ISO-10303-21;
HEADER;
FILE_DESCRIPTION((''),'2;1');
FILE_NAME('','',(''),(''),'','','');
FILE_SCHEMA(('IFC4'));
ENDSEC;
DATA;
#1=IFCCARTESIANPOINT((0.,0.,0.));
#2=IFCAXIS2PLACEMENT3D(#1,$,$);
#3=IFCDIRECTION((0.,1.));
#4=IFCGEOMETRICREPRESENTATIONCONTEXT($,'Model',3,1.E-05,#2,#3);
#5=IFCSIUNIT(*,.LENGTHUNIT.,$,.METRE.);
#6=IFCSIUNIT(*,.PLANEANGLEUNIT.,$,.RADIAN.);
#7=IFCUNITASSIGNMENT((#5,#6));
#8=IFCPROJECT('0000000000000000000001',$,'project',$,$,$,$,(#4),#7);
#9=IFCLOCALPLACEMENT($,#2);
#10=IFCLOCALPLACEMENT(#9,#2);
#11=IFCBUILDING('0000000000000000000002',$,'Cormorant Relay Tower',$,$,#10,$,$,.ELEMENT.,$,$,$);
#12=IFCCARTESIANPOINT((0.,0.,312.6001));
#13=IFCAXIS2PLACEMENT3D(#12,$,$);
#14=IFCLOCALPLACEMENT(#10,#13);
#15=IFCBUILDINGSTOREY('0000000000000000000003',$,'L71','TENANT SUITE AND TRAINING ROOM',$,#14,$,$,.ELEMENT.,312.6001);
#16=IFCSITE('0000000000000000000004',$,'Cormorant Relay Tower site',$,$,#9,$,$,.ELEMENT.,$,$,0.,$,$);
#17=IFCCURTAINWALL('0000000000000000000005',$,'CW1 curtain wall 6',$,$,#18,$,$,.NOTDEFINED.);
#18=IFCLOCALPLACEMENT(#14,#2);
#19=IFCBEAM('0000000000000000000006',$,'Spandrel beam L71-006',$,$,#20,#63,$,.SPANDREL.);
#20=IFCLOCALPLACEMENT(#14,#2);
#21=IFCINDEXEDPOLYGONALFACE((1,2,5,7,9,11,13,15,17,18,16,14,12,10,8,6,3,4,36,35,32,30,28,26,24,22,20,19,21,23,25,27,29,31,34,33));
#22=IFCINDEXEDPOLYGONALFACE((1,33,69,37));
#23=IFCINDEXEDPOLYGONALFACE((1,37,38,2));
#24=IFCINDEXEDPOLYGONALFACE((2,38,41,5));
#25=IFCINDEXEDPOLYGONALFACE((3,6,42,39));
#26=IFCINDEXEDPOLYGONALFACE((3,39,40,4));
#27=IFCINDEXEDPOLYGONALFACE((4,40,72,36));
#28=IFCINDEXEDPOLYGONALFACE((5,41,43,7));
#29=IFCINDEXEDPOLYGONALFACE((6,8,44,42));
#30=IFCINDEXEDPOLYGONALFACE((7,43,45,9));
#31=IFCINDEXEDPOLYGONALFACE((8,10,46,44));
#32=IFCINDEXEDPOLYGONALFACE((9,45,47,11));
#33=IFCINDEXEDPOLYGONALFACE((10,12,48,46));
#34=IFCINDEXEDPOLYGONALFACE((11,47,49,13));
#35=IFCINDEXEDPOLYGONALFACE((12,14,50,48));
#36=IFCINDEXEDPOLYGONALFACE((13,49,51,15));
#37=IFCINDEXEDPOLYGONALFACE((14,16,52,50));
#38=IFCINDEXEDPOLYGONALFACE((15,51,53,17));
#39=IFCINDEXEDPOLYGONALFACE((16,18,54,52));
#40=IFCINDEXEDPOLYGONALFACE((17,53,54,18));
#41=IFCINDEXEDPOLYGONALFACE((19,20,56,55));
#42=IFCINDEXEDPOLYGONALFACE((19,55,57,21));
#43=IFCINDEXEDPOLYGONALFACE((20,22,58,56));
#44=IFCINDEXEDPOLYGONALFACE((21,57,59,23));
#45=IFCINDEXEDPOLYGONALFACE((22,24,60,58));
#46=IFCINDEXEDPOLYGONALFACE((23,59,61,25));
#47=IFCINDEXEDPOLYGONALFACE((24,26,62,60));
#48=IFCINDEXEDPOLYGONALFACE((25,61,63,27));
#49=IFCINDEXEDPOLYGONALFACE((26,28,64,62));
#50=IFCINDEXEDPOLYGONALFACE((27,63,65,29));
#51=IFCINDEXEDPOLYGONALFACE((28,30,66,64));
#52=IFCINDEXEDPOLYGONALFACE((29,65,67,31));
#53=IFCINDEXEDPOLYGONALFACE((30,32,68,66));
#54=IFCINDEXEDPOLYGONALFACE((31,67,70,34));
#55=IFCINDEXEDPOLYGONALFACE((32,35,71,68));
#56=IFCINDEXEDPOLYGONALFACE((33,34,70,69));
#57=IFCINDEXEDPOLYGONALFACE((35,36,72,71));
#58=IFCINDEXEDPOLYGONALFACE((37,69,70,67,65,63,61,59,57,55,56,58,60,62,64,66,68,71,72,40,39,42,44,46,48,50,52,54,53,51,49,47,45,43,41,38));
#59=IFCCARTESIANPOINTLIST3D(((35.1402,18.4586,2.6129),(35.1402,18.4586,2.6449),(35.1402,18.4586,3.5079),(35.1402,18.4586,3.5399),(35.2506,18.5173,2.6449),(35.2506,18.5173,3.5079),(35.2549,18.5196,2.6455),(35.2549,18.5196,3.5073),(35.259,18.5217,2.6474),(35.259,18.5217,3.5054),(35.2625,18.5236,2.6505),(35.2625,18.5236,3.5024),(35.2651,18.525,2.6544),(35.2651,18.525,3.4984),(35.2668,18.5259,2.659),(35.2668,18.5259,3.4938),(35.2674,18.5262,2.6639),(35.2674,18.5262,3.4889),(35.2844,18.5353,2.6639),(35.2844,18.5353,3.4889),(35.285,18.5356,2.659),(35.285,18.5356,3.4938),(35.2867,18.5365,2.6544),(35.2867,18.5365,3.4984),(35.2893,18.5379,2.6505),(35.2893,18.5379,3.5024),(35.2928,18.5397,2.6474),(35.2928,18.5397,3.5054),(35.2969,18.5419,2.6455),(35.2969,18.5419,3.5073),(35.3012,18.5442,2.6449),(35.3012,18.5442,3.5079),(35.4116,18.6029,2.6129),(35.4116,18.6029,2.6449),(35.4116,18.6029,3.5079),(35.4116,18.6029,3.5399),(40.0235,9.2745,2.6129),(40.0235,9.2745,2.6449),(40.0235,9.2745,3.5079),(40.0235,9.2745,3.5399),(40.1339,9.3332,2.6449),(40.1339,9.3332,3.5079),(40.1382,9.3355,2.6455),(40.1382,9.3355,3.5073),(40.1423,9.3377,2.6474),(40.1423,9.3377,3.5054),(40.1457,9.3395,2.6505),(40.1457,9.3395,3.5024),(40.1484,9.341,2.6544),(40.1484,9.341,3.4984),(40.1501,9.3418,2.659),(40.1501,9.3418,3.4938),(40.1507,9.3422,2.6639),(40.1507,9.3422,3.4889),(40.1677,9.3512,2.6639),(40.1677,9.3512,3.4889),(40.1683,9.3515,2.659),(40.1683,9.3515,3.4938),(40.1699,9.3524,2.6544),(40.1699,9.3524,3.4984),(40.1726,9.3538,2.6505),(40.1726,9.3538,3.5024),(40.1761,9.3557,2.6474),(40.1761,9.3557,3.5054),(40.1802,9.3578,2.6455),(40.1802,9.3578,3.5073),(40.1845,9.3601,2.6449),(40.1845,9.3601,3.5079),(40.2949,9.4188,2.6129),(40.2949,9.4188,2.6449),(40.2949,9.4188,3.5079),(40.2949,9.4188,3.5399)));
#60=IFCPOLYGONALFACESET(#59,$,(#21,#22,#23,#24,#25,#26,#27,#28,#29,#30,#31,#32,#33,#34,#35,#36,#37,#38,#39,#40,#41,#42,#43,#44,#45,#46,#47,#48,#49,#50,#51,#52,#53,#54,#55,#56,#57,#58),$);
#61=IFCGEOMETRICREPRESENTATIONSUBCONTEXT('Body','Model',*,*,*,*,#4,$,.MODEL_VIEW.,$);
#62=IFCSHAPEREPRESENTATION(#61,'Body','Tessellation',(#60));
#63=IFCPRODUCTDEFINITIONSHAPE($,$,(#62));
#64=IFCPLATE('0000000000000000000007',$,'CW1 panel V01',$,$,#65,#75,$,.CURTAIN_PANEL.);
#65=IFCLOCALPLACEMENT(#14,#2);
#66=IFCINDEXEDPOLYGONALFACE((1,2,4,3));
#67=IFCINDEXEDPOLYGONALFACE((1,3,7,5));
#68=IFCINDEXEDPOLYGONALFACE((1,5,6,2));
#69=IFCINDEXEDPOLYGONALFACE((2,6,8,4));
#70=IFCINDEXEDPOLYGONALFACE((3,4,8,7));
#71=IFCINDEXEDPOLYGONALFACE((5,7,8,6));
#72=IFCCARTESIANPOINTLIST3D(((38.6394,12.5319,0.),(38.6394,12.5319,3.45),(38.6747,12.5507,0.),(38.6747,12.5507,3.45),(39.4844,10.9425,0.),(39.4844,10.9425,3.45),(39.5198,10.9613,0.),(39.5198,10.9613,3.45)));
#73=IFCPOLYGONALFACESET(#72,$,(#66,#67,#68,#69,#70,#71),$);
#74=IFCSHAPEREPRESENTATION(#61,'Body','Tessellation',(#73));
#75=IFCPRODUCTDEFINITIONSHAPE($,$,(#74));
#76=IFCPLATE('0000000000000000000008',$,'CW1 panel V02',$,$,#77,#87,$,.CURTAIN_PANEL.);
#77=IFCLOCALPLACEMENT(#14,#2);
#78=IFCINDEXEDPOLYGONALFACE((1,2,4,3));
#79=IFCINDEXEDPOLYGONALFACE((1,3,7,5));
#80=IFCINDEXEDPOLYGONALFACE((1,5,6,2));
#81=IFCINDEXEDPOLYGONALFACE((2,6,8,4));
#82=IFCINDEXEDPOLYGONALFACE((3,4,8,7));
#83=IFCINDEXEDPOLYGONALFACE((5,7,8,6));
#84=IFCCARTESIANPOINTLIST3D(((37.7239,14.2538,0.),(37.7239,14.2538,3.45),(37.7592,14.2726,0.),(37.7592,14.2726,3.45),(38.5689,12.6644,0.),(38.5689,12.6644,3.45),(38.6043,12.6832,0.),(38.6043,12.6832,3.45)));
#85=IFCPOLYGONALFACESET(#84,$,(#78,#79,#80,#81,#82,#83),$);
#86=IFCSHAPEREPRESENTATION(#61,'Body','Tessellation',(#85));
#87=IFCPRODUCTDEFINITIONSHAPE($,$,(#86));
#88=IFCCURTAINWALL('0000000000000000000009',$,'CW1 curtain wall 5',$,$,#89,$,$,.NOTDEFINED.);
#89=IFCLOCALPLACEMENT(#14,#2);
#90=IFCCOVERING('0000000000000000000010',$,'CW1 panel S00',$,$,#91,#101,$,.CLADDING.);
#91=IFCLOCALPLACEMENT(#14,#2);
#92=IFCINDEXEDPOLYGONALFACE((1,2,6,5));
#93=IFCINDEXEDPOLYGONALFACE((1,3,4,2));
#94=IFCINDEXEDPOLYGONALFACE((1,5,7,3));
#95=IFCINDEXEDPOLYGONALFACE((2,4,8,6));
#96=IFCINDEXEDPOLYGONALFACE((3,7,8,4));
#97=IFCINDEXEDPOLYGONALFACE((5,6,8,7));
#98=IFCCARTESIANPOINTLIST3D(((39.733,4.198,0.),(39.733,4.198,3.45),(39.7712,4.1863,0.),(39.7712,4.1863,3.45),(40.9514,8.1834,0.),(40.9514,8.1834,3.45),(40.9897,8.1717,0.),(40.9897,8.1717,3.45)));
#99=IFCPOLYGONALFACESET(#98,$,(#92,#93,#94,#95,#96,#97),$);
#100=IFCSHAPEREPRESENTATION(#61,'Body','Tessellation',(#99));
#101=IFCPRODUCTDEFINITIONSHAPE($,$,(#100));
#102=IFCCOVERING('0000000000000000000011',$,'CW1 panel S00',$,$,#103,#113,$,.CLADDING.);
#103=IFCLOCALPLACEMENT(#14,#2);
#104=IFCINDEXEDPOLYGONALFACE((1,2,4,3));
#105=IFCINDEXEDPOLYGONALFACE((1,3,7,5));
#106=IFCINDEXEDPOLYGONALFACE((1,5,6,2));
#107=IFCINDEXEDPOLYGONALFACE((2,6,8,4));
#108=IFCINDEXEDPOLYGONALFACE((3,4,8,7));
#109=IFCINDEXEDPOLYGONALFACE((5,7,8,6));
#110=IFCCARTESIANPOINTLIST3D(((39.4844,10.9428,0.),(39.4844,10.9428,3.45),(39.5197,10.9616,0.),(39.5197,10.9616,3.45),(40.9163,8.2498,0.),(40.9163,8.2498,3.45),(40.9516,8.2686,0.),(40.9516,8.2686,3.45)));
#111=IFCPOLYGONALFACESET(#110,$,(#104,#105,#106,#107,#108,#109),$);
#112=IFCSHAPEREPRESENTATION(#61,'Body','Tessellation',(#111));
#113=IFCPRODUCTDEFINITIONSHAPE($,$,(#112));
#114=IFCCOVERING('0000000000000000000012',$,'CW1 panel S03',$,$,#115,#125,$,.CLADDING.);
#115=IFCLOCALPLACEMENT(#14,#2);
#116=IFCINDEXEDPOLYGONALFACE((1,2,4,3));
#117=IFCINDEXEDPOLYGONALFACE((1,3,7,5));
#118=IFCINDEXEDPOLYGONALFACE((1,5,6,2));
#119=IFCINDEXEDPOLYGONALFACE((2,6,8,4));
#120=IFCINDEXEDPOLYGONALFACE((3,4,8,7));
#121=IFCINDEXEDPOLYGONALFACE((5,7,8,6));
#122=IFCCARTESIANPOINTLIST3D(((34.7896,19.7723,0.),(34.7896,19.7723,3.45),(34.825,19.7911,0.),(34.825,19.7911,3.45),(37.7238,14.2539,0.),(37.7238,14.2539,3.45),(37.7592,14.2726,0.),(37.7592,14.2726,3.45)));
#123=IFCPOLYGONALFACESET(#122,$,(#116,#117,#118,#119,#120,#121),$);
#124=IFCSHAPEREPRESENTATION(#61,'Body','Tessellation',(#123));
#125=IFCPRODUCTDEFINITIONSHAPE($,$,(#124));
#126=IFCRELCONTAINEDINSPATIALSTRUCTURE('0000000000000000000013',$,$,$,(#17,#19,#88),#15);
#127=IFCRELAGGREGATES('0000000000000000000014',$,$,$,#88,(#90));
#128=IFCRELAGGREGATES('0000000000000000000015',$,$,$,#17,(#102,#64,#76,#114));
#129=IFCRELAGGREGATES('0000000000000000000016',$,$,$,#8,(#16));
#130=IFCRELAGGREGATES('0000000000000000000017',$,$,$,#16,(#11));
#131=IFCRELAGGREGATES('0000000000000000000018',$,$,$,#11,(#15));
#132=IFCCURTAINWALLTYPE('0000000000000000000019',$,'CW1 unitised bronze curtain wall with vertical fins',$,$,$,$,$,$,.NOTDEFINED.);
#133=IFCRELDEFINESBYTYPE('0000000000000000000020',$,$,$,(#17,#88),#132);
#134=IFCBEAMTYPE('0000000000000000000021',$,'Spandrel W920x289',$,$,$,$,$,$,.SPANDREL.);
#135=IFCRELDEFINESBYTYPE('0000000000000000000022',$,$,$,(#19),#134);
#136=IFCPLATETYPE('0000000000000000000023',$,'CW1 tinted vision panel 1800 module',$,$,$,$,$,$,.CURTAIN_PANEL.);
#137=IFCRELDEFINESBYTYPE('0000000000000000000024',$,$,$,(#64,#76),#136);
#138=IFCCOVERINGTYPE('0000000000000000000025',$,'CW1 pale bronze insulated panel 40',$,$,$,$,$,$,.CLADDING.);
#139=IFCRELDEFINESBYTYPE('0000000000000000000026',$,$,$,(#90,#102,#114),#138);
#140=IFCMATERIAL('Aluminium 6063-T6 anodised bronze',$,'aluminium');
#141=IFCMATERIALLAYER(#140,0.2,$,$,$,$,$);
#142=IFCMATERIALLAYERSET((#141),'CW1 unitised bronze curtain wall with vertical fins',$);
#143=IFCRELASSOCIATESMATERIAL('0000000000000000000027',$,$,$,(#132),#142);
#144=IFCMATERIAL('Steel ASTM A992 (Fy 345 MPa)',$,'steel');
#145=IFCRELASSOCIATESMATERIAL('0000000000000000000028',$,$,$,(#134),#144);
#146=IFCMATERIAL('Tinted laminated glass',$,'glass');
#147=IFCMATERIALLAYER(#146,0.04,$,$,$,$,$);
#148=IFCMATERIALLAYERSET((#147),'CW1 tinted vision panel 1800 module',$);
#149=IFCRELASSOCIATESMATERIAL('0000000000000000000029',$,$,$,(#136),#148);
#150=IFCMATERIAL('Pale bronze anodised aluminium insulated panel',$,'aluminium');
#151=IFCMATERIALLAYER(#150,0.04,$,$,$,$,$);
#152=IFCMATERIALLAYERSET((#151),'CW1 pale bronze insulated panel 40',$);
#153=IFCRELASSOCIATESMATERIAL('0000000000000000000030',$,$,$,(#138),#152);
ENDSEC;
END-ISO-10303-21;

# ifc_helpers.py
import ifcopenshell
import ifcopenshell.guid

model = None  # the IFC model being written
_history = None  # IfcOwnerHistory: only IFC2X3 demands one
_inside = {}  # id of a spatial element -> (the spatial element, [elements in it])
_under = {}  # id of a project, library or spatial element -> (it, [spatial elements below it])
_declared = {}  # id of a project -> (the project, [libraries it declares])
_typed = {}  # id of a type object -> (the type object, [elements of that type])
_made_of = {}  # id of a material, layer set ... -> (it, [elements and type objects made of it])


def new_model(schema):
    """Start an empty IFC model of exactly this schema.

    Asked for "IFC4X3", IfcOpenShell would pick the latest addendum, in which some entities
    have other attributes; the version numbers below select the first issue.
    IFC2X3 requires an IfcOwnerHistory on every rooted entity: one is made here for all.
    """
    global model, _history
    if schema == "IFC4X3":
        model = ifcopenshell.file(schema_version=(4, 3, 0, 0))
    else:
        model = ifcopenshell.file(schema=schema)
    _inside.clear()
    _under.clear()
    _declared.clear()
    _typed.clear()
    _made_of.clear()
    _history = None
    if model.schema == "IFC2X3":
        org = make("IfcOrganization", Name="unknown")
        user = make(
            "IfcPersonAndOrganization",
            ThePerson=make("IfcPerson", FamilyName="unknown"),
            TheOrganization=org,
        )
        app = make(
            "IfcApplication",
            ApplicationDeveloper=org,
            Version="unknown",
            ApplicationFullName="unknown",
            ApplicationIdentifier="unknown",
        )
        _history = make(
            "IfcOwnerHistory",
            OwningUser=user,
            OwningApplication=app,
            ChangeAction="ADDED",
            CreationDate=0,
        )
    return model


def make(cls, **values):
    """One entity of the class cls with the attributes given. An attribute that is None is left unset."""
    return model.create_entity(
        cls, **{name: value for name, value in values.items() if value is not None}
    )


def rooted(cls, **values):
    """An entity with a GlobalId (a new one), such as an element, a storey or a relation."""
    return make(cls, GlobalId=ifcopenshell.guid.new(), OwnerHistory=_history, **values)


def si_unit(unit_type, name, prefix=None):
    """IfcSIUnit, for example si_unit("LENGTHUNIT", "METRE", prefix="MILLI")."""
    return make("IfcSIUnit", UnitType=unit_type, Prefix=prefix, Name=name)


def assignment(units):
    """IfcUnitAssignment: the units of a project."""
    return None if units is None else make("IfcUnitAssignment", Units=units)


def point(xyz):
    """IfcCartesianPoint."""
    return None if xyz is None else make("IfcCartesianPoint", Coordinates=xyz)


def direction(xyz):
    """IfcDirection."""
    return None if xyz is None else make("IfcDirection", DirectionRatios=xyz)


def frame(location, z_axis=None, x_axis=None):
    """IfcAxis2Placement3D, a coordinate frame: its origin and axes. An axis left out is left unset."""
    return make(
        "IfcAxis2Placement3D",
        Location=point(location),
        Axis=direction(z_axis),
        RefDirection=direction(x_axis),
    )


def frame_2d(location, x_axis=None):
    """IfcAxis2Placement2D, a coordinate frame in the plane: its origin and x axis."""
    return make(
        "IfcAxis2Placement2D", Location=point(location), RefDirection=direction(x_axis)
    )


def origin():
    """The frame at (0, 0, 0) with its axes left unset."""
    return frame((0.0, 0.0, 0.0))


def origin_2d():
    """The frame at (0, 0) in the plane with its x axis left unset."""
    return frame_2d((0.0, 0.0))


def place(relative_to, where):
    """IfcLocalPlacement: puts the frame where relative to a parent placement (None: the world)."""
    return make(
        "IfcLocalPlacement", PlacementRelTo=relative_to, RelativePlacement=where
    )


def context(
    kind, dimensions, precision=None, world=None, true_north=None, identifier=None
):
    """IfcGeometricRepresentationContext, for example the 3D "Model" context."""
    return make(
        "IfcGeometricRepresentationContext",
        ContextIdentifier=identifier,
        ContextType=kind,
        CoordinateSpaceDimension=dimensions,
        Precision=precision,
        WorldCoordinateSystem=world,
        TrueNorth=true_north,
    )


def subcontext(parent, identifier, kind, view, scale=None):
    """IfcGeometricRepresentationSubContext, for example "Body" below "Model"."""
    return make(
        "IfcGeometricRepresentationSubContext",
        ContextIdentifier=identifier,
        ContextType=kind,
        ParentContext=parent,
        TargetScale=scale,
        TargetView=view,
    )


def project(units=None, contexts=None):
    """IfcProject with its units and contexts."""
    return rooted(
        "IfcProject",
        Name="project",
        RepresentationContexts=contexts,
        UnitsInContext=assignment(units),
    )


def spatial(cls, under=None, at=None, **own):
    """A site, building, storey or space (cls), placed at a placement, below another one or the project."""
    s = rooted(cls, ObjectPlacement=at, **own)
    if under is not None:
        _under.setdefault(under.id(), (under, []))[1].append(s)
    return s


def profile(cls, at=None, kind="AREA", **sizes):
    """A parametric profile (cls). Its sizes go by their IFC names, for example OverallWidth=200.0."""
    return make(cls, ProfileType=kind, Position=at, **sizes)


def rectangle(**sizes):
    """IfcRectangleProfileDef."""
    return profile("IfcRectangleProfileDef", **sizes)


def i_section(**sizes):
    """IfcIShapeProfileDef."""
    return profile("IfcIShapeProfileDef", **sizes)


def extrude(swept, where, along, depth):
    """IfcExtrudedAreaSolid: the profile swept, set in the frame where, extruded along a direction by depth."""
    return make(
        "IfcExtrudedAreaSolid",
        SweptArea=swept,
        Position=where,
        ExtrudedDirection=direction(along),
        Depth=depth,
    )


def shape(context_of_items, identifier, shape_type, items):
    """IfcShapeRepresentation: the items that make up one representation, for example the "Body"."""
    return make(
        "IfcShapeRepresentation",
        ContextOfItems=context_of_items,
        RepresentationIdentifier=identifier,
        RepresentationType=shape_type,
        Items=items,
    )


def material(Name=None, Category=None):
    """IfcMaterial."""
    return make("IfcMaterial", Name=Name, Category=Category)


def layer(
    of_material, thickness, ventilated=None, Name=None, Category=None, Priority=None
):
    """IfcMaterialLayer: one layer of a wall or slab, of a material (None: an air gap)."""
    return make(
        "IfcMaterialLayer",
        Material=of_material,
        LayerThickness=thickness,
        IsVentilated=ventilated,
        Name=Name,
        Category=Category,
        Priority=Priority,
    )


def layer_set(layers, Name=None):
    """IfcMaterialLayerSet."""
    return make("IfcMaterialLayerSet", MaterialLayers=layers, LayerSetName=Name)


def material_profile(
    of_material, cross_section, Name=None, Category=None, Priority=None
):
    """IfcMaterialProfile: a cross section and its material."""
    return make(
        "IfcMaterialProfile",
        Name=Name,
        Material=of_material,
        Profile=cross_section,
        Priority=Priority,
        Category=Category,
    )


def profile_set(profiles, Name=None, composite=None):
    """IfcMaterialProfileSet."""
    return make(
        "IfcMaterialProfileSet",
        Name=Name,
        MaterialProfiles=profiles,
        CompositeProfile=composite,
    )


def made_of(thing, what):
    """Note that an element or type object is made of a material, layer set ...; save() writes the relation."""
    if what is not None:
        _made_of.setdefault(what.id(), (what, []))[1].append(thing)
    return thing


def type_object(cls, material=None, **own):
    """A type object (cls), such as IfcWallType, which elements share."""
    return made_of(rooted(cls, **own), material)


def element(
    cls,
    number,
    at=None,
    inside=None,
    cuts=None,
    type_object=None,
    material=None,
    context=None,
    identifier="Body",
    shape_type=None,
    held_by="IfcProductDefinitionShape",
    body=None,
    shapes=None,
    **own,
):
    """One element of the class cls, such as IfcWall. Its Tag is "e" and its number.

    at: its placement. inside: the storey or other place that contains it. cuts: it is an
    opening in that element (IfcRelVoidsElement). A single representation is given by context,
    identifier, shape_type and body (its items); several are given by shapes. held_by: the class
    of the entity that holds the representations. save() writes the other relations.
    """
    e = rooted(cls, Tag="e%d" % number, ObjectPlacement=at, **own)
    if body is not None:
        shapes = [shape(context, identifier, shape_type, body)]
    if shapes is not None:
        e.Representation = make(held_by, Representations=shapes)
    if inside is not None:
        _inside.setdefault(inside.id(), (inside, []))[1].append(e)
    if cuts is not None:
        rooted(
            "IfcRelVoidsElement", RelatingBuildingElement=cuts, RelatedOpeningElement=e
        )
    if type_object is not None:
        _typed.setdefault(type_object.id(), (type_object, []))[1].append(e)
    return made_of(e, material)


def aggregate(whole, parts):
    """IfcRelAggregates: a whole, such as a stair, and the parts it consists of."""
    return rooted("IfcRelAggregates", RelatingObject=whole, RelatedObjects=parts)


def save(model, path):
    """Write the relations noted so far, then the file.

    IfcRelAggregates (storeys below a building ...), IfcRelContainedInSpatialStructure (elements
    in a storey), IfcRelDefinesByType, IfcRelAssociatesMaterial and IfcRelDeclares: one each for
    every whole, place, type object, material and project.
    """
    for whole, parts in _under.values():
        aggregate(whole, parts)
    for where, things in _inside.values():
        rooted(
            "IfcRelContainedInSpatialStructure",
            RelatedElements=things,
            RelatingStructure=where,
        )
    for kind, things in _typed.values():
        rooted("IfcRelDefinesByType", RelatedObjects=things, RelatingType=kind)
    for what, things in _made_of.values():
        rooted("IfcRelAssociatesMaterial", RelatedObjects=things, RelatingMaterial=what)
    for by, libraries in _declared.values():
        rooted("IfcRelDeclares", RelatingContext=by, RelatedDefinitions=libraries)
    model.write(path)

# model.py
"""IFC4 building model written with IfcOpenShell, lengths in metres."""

from ifc_helpers import new_model, si_unit, direction, frame, origin, origin_2d, place, context, subcontext, project, spatial, rectangle, i_section, extrude, material, layer, layer_set, material_profile, profile_set, type_object, element, aggregate, save


model = new_model("IFC4")

# Units and contexts
model_context = context("Model", 3, precision=1e-05, world=origin(), true_north=direction((0.0, 1.0)))
body_context = subcontext(model_context, "Body", "Model", "MODEL_VIEW")
ifc_project = project(units=[si_unit("LENGTHUNIT", "METRE"), si_unit("PLANEANGLEUNIT", "RADIAN")], contexts=[model_context])

# Site, building, storey
site_placement = place(None, origin())
site = spatial("IfcSite", under=ifc_project, at=site_placement, Name="Cormorant Relay Tower site", CompositionType="ELEMENT", RefElevation=0.0)
building_placement = place(site_placement, origin())
building = spatial("IfcBuilding", under=site, at=building_placement, Name="Cormorant Relay Tower", CompositionType="ELEMENT")
storey_placement = place(building_placement, frame((0.0, 0.0, 312.6001)))
storey = spatial("IfcBuildingStorey", under=building, at=storey_placement, Name="L71", Description="TENANT SUITE AND TRAINING ROOM", CompositionType="ELEMENT", Elevation=312.6001)

# Curtain wall
ifc_material_1 = material(Name="Aluminium 6063-T6 anodised bronze", Category="aluminium")
ifc_layer_1 = layer(ifc_material_1, 0.2)
ifc_layer_set_1 = layer_set([ifc_layer_1], Name="CW1 unitised bronze curtain wall with vertical fins")
curtain_wall_type = type_object("IfcCurtainWallType", Name="CW1 unitised bronze curtain wall with vertical fins", PredefinedType="NOTDEFINED", material=ifc_layer_set_1)
curtain_wall_1_placement = place(storey_placement, origin())
curtain_wall_1 = element("IfcCurtainWall", 1, at=curtain_wall_1_placement, inside=storey, type_object=curtain_wall_type, Name="CW1 curtain wall 6", PredefinedType="NOTDEFINED")

# Beam
ifc_material_2 = material(Name="Steel ASTM A992 (Fy 345 MPa)", Category="steel")
ifc_material_profile_1 = material_profile(ifc_material_2, i_section(OverallWidth=0.3074, OverallDepth=0.927, WebThickness=0.0193, FlangeThickness=0.032, FilletRadius=0.019, at=origin_2d()), Name="W920x289")
ifc_profile_set_1 = profile_set([ifc_material_profile_1], Name="Steel ASTM A992 (Fy 345 MPa)")
beam_type = type_object("IfcBeamType", Name="Spandrel W920x289", PredefinedType="SPANDREL", material=ifc_profile_set_1)
beam_placement = place(storey_placement, frame((40.1592, 9.3467, 3.0764), z_axis=(-0.469474, 0.882946, 0.0), x_axis=(-0.882946, -0.469474, 0.0)))
element("IfcBeam", 2, at=beam_placement, inside=storey, type_object=beam_type, Name="Spandrel beam L71-006", PredefinedType="SPANDREL", context=body_context, shape_type="SweptSolid", body=[
    extrude(i_section(OverallWidth=0.3074, OverallDepth=0.927, WebThickness=0.0193, FlangeThickness=0.032, FilletRadius=0.019, at=origin_2d()), origin(), (0.0, 0.0, 1.0), 10.4016),
])

# Plates
ifc_material_3 = material(Name="Tinted laminated glass", Category="glass")
ifc_layer_2 = layer(ifc_material_3, 0.04)
ifc_layer_set_2 = layer_set([ifc_layer_2], Name="CW1 tinted vision panel 1800 module")
plate_type = type_object("IfcPlateType", Name="CW1 tinted vision panel 1800 module", PredefinedType="CURTAIN_PANEL", material=ifc_layer_set_2)
plate_1_placement = place(storey_placement, frame((39.0796, 11.7466, 0.0), z_axis=(0.0, 0.0, 1.0), x_axis=(-0.469472, 0.882948, 0.0)))
plate_1 = element("IfcPlate", 3, at=plate_1_placement, type_object=plate_type, Name="CW1 panel V01", PredefinedType="CURTAIN_PANEL", context=body_context, shape_type="SweptSolid", body=[
    extrude(rectangle(XDim=1.8, YDim=0.04, at=origin_2d()), origin(), (0.0, 0.0, 1.0), 3.45),
])
plate_2_placement = place(storey_placement, frame((38.1641, 13.4685, 0.0), z_axis=(0.0, 0.0, 1.0), x_axis=(-0.469472, 0.882948, 0.0)))
plate_2 = element("IfcPlate", 4, at=plate_2_placement, type_object=plate_type, Name="CW1 panel V02", PredefinedType="CURTAIN_PANEL", context=body_context, shape_type="SweptSolid", body=[
    extrude(rectangle(XDim=1.8, YDim=0.04, at=origin_2d()), origin(), (0.0, 0.0, 1.0), 3.45),
])

# Curtain wall, covering
curtain_wall_2_placement = place(storey_placement, origin())
curtain_wall_2 = element("IfcCurtainWall", 5, at=curtain_wall_2_placement, inside=storey, type_object=curtain_wall_type, Name="CW1 curtain wall 5", PredefinedType="NOTDEFINED")
ifc_material_4 = material(Name="Pale bronze anodised aluminium insulated panel", Category="aluminium")
ifc_layer_3 = layer(ifc_material_4, 0.04)
ifc_layer_set_3 = layer_set([ifc_layer_3], Name="CW1 pale bronze insulated panel 40")
covering_type = type_object("IfcCoveringType", Name="CW1 pale bronze insulated panel 40", PredefinedType="CLADDING", material=ifc_layer_set_3)
covering_1_placement = place(storey_placement, frame((40.3613, 6.1848, 0.0), z_axis=(0.0, 0.0, 1.0), x_axis=(0.292372, 0.956305, 0.0)))
covering_1 = element("IfcCovering", 6, at=covering_1_placement, type_object=covering_type, Name="CW1 panel S00", PredefinedType="CLADDING", context=body_context, shape_type="SweptSolid", body=[
    extrude(rectangle(XDim=4.1675, YDim=0.04, at=origin_2d()), origin(), (0.0, 0.0, 1.0), 3.45),
])
aggregate(curtain_wall_2, [covering_1])

# Coverings
covering_2_placement = place(storey_placement, frame((40.218, 9.6057, 0.0), z_axis=(0.0, 0.0, 1.0), x_axis=(-0.469472, 0.882948, 0.0)))
covering_2 = element("IfcCovering", 7, at=covering_2_placement, type_object=covering_type, Name="CW1 panel S00", PredefinedType="CLADDING", context=body_context, shape_type="SweptSolid", body=[
    extrude(rectangle(XDim=3.05, YDim=0.04, at=origin_2d()), origin(), (0.0, 0.0, 1.0), 3.45),
])
covering_3_placement = place(storey_placement, frame((36.2744, 17.0225, 0.0), z_axis=(0.0, 0.0, 1.0), x_axis=(-0.469472, 0.882948, 0.0)))
covering_3 = element("IfcCovering", 8, at=covering_3_placement, type_object=covering_type, Name="CW1 panel S03", PredefinedType="CLADDING", context=body_context, shape_type="SweptSolid", body=[
    extrude(rectangle(XDim=6.25, YDim=0.04, at=origin_2d()), origin(), (0.0, 0.0, 1.0), 3.45),
])
aggregate(curtain_wall_1, [covering_2, plate_1, plate_2, covering_3])

save(model, "model.ifc")
